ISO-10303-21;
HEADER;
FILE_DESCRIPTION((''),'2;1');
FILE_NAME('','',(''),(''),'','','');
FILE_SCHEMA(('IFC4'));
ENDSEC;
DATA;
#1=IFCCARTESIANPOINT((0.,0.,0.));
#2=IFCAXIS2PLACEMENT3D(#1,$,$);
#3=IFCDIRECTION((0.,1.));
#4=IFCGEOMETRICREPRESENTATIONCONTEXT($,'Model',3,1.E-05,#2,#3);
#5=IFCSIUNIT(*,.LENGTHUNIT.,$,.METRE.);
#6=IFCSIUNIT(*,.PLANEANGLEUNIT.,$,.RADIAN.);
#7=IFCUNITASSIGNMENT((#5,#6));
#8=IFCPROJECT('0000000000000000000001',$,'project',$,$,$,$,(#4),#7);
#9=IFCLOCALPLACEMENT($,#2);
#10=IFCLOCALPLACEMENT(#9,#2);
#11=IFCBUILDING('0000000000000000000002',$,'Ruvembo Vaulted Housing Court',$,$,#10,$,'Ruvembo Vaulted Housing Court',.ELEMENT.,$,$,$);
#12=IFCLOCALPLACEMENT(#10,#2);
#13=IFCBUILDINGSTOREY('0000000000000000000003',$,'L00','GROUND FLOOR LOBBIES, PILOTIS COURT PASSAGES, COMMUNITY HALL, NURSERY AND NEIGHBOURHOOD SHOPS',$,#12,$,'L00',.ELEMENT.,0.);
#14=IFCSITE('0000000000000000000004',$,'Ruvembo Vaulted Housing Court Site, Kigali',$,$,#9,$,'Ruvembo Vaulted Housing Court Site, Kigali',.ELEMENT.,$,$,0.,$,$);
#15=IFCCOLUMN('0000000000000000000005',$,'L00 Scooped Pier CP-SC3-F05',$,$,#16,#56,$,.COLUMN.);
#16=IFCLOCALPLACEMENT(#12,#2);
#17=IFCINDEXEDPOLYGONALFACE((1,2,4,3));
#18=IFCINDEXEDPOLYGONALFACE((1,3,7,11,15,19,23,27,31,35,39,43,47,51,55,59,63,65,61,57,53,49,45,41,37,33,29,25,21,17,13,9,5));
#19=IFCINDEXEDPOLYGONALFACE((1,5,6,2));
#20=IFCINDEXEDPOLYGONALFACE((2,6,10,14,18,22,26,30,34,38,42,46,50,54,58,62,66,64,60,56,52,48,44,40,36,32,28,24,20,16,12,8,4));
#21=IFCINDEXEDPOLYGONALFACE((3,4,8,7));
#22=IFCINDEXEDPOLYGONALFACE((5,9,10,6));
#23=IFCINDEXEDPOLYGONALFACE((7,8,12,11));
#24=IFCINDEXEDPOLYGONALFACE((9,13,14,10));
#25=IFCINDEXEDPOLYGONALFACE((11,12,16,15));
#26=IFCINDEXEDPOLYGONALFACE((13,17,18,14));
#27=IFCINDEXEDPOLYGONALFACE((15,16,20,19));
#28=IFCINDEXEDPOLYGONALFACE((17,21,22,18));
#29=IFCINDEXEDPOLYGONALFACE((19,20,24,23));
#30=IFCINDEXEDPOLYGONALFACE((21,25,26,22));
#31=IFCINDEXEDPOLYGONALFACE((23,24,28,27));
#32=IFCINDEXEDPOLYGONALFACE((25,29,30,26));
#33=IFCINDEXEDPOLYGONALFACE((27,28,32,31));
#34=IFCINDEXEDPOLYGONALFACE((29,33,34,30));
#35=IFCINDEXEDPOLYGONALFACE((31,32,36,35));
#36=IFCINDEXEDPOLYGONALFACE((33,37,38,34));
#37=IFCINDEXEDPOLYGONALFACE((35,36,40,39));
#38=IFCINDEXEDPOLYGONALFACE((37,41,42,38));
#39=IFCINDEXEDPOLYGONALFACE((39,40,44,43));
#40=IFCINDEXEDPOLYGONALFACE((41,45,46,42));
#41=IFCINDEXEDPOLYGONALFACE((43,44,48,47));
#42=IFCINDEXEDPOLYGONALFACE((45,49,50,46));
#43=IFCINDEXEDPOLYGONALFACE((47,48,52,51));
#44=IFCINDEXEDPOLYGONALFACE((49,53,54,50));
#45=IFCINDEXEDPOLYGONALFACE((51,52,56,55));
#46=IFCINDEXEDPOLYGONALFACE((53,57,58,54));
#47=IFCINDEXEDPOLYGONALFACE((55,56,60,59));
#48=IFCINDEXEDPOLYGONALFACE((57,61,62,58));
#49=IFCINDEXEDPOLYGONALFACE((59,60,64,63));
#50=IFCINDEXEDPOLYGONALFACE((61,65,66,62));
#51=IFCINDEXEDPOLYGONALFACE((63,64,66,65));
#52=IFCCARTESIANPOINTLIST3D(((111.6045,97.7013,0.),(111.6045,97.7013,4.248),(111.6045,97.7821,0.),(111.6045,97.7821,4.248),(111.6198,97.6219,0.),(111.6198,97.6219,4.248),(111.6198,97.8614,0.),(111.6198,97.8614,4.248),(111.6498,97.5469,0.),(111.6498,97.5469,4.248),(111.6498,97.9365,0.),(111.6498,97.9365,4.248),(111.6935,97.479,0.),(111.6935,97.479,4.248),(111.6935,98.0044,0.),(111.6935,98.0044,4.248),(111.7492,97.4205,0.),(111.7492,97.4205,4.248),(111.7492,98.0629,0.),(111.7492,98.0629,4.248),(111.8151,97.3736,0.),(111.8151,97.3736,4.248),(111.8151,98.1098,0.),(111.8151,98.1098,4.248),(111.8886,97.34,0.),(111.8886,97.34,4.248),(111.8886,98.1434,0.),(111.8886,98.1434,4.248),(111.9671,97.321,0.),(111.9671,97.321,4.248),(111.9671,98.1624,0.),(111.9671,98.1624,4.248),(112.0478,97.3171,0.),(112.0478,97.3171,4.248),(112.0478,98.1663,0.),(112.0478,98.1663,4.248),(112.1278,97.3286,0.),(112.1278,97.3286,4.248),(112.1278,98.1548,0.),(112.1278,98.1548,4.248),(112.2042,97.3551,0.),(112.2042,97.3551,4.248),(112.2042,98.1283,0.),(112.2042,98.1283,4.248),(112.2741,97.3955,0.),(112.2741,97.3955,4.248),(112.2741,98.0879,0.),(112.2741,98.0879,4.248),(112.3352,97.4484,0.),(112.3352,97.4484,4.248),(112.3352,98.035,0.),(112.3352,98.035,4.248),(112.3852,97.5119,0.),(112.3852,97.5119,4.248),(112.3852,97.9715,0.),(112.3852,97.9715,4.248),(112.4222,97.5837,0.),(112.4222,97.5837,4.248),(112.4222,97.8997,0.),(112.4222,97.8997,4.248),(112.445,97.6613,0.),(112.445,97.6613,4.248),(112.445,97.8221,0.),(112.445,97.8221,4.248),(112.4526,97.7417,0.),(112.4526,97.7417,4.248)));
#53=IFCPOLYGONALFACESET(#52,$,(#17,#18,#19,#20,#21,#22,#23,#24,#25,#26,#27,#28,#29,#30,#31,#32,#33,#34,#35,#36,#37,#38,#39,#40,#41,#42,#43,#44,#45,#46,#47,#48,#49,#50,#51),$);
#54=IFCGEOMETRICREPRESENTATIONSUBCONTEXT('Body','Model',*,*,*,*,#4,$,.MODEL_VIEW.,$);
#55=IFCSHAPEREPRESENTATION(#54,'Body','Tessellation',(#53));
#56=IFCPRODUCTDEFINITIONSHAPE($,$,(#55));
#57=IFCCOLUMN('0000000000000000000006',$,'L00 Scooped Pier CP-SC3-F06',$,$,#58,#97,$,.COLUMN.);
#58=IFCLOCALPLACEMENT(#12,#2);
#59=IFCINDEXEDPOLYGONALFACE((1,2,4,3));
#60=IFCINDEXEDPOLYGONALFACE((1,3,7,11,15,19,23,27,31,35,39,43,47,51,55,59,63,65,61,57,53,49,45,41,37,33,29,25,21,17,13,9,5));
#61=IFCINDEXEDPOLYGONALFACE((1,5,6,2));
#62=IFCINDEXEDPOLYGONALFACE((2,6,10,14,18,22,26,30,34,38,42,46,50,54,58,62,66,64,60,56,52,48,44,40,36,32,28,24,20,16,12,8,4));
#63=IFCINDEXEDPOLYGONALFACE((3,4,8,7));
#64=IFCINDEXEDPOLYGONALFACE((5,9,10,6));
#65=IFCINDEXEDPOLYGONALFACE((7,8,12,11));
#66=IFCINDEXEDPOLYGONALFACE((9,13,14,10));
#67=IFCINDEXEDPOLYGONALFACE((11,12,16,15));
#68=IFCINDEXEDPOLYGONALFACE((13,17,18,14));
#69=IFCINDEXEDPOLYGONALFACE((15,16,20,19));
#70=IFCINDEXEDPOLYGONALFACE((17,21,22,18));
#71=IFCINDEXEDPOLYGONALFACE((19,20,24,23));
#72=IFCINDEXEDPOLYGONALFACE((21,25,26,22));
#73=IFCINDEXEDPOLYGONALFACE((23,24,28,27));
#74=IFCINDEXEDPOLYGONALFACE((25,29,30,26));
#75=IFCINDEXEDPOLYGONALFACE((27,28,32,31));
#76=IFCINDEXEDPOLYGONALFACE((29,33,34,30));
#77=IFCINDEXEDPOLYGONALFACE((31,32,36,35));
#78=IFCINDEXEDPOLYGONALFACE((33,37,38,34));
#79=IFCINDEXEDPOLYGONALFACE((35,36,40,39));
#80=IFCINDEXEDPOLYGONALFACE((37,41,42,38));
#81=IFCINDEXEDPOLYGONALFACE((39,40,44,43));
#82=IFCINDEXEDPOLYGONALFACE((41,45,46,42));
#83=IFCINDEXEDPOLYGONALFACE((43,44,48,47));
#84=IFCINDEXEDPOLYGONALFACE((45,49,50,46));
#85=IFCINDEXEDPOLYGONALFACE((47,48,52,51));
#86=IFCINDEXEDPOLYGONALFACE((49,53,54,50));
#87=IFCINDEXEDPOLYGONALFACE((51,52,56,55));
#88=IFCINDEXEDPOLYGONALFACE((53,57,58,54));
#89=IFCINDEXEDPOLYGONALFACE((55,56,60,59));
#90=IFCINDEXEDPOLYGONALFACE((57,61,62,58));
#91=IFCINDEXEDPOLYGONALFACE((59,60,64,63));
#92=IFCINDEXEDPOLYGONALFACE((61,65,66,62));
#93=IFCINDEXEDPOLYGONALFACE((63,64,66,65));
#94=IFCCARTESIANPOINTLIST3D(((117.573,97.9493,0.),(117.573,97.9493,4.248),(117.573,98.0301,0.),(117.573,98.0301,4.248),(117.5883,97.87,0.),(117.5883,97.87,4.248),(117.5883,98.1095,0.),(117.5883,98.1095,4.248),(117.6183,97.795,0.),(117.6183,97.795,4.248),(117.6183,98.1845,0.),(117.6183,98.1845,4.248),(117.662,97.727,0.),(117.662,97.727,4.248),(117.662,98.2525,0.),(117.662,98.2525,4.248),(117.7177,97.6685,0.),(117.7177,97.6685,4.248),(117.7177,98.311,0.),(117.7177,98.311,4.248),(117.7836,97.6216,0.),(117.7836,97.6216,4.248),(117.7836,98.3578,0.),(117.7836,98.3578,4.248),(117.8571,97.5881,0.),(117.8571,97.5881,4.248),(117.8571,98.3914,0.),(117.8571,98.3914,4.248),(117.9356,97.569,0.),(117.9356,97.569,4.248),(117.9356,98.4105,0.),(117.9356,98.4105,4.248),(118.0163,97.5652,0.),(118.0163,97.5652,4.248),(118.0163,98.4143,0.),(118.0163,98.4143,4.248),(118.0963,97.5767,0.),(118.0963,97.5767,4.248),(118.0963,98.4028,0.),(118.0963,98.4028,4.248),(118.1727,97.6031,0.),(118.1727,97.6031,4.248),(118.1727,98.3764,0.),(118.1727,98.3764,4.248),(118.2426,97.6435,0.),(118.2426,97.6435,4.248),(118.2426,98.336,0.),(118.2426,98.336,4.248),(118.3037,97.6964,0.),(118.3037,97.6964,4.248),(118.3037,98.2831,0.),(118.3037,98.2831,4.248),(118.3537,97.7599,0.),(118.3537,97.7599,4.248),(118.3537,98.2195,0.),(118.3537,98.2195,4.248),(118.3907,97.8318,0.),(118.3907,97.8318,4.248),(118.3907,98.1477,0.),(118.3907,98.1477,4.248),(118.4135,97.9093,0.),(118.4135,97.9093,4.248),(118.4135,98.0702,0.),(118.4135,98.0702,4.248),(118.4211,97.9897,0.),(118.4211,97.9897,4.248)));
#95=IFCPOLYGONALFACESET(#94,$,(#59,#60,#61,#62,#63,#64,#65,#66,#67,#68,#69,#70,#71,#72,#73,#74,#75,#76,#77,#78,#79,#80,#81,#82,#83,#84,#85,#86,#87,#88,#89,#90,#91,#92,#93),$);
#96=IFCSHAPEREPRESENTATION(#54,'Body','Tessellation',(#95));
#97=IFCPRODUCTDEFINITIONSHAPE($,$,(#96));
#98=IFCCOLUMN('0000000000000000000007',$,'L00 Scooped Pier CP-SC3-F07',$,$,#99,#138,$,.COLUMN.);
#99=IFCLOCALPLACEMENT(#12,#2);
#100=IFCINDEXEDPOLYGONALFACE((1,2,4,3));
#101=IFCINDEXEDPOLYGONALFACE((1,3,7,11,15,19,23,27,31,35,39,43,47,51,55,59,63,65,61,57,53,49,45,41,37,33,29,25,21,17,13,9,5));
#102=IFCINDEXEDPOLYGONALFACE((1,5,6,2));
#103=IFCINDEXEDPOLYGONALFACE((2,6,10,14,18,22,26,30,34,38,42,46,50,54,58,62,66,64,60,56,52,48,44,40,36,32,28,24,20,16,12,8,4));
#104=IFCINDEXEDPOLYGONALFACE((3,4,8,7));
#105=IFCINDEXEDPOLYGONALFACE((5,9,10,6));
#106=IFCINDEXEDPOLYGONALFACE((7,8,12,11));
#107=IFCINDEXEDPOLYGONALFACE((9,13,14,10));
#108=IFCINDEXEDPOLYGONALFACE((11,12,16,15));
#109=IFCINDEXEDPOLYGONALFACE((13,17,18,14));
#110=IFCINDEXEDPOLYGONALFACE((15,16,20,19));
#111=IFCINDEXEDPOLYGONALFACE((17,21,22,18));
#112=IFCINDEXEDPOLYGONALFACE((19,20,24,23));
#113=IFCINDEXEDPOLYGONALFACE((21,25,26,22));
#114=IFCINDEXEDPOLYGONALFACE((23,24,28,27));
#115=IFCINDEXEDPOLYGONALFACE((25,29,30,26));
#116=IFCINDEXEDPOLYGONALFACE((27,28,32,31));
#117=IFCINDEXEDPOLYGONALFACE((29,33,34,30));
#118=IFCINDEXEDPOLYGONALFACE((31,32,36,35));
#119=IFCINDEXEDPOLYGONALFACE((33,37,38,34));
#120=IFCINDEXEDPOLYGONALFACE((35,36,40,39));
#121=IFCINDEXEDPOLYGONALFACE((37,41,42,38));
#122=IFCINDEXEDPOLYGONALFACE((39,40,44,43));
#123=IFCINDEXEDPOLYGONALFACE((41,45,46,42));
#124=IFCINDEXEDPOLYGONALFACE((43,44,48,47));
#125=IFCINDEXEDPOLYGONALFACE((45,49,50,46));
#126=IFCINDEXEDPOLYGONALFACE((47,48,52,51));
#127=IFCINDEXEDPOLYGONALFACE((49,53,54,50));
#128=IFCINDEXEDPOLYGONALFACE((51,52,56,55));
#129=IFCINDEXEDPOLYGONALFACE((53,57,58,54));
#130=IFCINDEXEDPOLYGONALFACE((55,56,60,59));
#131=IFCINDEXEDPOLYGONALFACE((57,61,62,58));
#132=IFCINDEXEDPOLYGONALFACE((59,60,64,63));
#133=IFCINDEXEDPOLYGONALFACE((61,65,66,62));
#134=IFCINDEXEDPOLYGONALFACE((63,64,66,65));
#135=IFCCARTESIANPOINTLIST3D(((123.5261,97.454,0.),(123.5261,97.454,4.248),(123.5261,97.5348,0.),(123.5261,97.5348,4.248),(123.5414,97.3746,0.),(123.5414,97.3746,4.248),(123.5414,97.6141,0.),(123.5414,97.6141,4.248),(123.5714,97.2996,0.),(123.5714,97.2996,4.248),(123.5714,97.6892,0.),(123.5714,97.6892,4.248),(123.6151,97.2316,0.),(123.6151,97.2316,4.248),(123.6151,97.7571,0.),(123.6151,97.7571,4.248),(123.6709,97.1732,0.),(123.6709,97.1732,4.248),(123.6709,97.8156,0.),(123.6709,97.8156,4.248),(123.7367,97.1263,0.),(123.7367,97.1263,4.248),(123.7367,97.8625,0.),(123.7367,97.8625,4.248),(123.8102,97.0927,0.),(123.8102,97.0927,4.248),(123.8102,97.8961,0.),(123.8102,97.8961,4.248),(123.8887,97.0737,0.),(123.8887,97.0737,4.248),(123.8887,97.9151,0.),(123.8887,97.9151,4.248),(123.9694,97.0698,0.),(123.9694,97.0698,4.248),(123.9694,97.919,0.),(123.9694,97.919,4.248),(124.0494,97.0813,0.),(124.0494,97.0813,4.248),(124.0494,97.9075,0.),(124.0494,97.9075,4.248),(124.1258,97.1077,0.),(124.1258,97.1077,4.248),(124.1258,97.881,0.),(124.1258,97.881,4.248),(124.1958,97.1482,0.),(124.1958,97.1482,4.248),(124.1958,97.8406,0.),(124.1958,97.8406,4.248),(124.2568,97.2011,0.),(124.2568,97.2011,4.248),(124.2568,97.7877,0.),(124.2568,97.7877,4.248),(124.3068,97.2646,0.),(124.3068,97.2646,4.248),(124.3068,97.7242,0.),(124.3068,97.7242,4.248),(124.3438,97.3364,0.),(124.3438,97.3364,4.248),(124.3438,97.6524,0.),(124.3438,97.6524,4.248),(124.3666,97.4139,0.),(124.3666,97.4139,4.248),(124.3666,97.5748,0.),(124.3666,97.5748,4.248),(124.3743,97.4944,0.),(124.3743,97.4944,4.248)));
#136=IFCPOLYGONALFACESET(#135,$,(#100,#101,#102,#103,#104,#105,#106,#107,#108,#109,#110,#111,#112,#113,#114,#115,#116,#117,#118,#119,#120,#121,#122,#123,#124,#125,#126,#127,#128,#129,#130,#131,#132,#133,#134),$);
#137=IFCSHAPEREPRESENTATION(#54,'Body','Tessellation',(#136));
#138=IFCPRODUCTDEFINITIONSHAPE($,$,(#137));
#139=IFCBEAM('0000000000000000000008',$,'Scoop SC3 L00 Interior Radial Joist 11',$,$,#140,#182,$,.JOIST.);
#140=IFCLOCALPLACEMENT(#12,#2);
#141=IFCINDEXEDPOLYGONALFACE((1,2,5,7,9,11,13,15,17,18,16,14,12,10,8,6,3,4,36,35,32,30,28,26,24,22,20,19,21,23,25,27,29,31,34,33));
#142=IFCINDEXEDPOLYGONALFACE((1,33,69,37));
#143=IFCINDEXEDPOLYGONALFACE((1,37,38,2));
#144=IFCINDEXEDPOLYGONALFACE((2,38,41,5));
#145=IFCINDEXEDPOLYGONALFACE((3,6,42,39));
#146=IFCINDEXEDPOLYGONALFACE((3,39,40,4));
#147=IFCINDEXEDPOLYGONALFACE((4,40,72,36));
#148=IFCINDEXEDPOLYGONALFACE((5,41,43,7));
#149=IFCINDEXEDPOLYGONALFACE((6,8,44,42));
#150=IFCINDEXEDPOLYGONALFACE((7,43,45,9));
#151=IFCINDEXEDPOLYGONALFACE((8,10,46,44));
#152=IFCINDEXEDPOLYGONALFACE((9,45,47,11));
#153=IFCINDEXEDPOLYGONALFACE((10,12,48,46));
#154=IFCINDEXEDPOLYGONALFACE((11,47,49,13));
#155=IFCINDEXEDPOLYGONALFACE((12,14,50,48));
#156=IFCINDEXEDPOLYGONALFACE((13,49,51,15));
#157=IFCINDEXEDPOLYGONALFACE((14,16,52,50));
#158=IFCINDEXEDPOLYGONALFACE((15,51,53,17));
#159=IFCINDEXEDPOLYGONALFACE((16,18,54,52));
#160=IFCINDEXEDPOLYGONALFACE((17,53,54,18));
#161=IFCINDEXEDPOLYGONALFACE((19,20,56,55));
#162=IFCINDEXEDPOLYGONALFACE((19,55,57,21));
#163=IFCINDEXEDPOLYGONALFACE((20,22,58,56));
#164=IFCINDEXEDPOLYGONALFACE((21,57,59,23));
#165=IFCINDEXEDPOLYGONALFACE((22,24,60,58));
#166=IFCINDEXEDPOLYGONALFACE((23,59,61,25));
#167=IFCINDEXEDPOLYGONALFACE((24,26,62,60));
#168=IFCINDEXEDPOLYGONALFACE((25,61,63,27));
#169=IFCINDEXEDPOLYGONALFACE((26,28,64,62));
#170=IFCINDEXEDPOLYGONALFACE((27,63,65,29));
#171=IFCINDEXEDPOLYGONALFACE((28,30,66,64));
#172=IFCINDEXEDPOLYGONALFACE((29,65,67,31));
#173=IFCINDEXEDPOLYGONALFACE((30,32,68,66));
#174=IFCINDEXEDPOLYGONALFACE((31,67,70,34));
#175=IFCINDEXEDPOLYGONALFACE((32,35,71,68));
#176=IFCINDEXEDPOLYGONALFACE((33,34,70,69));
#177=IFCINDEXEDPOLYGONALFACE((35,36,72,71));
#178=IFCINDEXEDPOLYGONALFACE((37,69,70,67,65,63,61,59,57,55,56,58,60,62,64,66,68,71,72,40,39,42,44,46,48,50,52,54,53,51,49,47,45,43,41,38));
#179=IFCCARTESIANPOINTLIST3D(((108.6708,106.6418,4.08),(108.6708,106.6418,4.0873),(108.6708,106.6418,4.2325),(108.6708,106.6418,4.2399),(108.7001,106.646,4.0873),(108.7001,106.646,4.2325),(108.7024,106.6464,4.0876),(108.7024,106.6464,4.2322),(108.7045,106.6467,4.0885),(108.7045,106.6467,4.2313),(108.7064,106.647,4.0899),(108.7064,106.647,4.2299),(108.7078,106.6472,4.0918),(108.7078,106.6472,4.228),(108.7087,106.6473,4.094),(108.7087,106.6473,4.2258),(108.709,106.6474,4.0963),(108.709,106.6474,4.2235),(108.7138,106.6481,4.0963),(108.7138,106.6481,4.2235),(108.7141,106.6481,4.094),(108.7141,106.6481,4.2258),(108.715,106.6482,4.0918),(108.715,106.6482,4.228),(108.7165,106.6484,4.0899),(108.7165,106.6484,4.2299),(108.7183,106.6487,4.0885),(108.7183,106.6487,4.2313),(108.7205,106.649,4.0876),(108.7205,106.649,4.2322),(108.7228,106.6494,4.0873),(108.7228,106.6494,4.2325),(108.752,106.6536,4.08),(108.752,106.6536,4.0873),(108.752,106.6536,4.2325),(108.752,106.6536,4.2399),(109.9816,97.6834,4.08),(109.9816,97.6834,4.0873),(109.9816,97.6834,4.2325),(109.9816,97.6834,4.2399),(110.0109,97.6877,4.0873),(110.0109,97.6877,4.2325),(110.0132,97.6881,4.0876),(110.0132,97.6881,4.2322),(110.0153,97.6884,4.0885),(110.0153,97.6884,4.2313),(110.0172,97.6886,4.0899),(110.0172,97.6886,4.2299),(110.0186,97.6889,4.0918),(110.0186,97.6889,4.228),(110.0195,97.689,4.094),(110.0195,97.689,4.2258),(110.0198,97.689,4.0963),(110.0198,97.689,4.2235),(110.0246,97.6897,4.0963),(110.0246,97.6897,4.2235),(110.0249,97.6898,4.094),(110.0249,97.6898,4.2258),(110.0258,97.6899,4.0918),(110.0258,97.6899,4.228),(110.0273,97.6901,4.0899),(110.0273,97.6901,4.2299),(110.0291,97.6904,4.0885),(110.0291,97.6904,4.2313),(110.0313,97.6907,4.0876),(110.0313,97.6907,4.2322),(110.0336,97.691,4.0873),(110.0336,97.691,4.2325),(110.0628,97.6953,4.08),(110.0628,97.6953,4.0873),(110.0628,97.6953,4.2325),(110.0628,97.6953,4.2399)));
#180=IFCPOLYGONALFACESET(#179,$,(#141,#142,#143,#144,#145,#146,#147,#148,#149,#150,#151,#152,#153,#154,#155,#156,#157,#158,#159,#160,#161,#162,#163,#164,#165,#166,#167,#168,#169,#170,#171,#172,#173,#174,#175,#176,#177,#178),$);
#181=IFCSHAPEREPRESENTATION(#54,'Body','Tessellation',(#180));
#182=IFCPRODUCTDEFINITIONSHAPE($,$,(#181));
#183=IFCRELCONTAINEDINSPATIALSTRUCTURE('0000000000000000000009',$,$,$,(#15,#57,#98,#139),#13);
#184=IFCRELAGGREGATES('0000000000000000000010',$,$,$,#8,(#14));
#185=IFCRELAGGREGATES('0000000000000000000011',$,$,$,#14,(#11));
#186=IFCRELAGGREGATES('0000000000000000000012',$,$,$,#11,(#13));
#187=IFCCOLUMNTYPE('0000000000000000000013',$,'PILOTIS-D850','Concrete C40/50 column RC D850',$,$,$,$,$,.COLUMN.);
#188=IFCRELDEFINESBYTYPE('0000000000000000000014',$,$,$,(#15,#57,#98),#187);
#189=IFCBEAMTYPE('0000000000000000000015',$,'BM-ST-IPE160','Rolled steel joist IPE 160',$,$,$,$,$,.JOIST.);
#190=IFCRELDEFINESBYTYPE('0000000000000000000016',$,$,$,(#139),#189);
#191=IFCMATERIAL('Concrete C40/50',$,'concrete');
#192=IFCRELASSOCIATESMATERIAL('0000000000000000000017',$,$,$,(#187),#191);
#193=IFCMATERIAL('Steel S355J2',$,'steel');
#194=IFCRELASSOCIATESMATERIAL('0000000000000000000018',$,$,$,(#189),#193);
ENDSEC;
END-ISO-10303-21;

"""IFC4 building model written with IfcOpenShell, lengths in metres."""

from ifc_helpers import new_model, si_unit, direction, frame, origin, origin_2d, place, context, subcontext, project, spatial, circle, i_section, extrude, material, material_profile, profile_set, type_object, element, save


model = new_model("IFC4")

# Units and contexts
model_context = context("Model", 3, precision=1e-05, world=origin(), true_north=direction((0.0, 1.0)))
body_context = subcontext(model_context, "Body", "Model", "MODEL_VIEW")
ifc_project = project(units=[si_unit("LENGTHUNIT", "METRE"), si_unit("PLANEANGLEUNIT", "RADIAN")], contexts=[model_context])

# Site, building, storey
site_placement = place(None, origin())
site = spatial("IfcSite", under=ifc_project, at=site_placement, Name="Ruvembo Vaulted Housing Court Site, Kigali", LongName="Ruvembo Vaulted Housing Court Site, Kigali", CompositionType="ELEMENT", RefElevation=0.0)
building_placement = place(site_placement, origin())
building = spatial("IfcBuilding", under=site, at=building_placement, Name="Ruvembo Vaulted Housing Court", LongName="Ruvembo Vaulted Housing Court", CompositionType="ELEMENT")
storey_placement = place(building_placement, origin())
storey = spatial("IfcBuildingStorey", under=building, at=storey_placement, Name="L00", Description="GROUND FLOOR LOBBIES, PILOTIS COURT PASSAGES, COMMUNITY HALL, NURSERY AND NEIGHBOURHOOD SHOPS", LongName="L00", CompositionType="ELEMENT", Elevation=0.0)

# Columns
ifc_material_1 = material(Name="Concrete C40/50", Category="concrete")
ifc_material_profile_1 = material_profile(ifc_material_1, circle(Radius=0.425, at=origin_2d()), Name="RC D850")
ifc_profile_set_1 = profile_set([ifc_material_profile_1], Name="Concrete C40/50")
column_type_1 = type_object("IfcColumnType", Name="PILOTIS-D850", Description="Concrete C40/50 column RC D850", PredefinedType="COLUMN", material=ifc_profile_set_1)
for number, where, z_axis, x_axis, name in (
    (1, (112.0276, 97.7417, 0.0), (0.0, 0.0, 1.0), (1.0, 0.0, 0.0), "L00 Scooped Pier CP-SC3-F05"),
    (2, (117.9961, 97.9897, 0.0), (0.0, 0.0, 1.0), (1.0, 0.0, 0.0), "L00 Scooped Pier CP-SC3-F06"),
    (3, (123.9492, 97.4944, 0.0), (0.0, 0.0, 1.0), (1.0, 0.0, 0.0), "L00 Scooped Pier CP-SC3-F07"),
):
    element("IfcColumn", number, at=place(storey_placement, frame(where, z_axis=z_axis, x_axis=x_axis)), inside=storey, type_object=column_type_1, Name=name, PredefinedType="COLUMN", context=body_context, shape_type="SweptSolid", body=[
        extrude(circle(Radius=0.425, at=origin_2d()), origin(), (0.0, 0.0, 1.0), 4.248),
    ])

# Beam
ifc_material_2 = material(Name="Steel S355J2", Category="steel")
ifc_material_profile_2 = material_profile(ifc_material_2, i_section(OverallWidth=0.082, OverallDepth=0.1599, WebThickness=0.0049, FlangeThickness=0.0073, FilletRadius=0.009, at=origin_2d()), Name="IPE 160")
ifc_profile_set_2 = profile_set([ifc_material_profile_2], Name="Steel S355J2")
beam_type_1 = type_object("IfcBeamType", Name="BM-ST-IPE160", Description="Rolled steel joist IPE 160", PredefinedType="JOIST", material=ifc_profile_set_2)
beam_1_placement = place(storey_placement, frame((108.7114, 106.6477, 4.1599), z_axis=(0.144781, -0.989464, 0.0), x_axis=(0.989464, 0.144781, 0.0)))
element("IfcBeam", 4, at=beam_1_placement, inside=storey, type_object=beam_type_1, Name="Scoop SC3 L00 Interior Radial Joist 11", PredefinedType="JOIST", context=body_context, shape_type="SweptSolid", body=[
    extrude(i_section(OverallWidth=0.082, OverallDepth=0.1599, WebThickness=0.0049, FlangeThickness=0.0073, FilletRadius=0.009, at=origin_2d()), origin(), (0.0, 0.0, 1.0), 9.0537),
])

save(model, "model.ifc")
